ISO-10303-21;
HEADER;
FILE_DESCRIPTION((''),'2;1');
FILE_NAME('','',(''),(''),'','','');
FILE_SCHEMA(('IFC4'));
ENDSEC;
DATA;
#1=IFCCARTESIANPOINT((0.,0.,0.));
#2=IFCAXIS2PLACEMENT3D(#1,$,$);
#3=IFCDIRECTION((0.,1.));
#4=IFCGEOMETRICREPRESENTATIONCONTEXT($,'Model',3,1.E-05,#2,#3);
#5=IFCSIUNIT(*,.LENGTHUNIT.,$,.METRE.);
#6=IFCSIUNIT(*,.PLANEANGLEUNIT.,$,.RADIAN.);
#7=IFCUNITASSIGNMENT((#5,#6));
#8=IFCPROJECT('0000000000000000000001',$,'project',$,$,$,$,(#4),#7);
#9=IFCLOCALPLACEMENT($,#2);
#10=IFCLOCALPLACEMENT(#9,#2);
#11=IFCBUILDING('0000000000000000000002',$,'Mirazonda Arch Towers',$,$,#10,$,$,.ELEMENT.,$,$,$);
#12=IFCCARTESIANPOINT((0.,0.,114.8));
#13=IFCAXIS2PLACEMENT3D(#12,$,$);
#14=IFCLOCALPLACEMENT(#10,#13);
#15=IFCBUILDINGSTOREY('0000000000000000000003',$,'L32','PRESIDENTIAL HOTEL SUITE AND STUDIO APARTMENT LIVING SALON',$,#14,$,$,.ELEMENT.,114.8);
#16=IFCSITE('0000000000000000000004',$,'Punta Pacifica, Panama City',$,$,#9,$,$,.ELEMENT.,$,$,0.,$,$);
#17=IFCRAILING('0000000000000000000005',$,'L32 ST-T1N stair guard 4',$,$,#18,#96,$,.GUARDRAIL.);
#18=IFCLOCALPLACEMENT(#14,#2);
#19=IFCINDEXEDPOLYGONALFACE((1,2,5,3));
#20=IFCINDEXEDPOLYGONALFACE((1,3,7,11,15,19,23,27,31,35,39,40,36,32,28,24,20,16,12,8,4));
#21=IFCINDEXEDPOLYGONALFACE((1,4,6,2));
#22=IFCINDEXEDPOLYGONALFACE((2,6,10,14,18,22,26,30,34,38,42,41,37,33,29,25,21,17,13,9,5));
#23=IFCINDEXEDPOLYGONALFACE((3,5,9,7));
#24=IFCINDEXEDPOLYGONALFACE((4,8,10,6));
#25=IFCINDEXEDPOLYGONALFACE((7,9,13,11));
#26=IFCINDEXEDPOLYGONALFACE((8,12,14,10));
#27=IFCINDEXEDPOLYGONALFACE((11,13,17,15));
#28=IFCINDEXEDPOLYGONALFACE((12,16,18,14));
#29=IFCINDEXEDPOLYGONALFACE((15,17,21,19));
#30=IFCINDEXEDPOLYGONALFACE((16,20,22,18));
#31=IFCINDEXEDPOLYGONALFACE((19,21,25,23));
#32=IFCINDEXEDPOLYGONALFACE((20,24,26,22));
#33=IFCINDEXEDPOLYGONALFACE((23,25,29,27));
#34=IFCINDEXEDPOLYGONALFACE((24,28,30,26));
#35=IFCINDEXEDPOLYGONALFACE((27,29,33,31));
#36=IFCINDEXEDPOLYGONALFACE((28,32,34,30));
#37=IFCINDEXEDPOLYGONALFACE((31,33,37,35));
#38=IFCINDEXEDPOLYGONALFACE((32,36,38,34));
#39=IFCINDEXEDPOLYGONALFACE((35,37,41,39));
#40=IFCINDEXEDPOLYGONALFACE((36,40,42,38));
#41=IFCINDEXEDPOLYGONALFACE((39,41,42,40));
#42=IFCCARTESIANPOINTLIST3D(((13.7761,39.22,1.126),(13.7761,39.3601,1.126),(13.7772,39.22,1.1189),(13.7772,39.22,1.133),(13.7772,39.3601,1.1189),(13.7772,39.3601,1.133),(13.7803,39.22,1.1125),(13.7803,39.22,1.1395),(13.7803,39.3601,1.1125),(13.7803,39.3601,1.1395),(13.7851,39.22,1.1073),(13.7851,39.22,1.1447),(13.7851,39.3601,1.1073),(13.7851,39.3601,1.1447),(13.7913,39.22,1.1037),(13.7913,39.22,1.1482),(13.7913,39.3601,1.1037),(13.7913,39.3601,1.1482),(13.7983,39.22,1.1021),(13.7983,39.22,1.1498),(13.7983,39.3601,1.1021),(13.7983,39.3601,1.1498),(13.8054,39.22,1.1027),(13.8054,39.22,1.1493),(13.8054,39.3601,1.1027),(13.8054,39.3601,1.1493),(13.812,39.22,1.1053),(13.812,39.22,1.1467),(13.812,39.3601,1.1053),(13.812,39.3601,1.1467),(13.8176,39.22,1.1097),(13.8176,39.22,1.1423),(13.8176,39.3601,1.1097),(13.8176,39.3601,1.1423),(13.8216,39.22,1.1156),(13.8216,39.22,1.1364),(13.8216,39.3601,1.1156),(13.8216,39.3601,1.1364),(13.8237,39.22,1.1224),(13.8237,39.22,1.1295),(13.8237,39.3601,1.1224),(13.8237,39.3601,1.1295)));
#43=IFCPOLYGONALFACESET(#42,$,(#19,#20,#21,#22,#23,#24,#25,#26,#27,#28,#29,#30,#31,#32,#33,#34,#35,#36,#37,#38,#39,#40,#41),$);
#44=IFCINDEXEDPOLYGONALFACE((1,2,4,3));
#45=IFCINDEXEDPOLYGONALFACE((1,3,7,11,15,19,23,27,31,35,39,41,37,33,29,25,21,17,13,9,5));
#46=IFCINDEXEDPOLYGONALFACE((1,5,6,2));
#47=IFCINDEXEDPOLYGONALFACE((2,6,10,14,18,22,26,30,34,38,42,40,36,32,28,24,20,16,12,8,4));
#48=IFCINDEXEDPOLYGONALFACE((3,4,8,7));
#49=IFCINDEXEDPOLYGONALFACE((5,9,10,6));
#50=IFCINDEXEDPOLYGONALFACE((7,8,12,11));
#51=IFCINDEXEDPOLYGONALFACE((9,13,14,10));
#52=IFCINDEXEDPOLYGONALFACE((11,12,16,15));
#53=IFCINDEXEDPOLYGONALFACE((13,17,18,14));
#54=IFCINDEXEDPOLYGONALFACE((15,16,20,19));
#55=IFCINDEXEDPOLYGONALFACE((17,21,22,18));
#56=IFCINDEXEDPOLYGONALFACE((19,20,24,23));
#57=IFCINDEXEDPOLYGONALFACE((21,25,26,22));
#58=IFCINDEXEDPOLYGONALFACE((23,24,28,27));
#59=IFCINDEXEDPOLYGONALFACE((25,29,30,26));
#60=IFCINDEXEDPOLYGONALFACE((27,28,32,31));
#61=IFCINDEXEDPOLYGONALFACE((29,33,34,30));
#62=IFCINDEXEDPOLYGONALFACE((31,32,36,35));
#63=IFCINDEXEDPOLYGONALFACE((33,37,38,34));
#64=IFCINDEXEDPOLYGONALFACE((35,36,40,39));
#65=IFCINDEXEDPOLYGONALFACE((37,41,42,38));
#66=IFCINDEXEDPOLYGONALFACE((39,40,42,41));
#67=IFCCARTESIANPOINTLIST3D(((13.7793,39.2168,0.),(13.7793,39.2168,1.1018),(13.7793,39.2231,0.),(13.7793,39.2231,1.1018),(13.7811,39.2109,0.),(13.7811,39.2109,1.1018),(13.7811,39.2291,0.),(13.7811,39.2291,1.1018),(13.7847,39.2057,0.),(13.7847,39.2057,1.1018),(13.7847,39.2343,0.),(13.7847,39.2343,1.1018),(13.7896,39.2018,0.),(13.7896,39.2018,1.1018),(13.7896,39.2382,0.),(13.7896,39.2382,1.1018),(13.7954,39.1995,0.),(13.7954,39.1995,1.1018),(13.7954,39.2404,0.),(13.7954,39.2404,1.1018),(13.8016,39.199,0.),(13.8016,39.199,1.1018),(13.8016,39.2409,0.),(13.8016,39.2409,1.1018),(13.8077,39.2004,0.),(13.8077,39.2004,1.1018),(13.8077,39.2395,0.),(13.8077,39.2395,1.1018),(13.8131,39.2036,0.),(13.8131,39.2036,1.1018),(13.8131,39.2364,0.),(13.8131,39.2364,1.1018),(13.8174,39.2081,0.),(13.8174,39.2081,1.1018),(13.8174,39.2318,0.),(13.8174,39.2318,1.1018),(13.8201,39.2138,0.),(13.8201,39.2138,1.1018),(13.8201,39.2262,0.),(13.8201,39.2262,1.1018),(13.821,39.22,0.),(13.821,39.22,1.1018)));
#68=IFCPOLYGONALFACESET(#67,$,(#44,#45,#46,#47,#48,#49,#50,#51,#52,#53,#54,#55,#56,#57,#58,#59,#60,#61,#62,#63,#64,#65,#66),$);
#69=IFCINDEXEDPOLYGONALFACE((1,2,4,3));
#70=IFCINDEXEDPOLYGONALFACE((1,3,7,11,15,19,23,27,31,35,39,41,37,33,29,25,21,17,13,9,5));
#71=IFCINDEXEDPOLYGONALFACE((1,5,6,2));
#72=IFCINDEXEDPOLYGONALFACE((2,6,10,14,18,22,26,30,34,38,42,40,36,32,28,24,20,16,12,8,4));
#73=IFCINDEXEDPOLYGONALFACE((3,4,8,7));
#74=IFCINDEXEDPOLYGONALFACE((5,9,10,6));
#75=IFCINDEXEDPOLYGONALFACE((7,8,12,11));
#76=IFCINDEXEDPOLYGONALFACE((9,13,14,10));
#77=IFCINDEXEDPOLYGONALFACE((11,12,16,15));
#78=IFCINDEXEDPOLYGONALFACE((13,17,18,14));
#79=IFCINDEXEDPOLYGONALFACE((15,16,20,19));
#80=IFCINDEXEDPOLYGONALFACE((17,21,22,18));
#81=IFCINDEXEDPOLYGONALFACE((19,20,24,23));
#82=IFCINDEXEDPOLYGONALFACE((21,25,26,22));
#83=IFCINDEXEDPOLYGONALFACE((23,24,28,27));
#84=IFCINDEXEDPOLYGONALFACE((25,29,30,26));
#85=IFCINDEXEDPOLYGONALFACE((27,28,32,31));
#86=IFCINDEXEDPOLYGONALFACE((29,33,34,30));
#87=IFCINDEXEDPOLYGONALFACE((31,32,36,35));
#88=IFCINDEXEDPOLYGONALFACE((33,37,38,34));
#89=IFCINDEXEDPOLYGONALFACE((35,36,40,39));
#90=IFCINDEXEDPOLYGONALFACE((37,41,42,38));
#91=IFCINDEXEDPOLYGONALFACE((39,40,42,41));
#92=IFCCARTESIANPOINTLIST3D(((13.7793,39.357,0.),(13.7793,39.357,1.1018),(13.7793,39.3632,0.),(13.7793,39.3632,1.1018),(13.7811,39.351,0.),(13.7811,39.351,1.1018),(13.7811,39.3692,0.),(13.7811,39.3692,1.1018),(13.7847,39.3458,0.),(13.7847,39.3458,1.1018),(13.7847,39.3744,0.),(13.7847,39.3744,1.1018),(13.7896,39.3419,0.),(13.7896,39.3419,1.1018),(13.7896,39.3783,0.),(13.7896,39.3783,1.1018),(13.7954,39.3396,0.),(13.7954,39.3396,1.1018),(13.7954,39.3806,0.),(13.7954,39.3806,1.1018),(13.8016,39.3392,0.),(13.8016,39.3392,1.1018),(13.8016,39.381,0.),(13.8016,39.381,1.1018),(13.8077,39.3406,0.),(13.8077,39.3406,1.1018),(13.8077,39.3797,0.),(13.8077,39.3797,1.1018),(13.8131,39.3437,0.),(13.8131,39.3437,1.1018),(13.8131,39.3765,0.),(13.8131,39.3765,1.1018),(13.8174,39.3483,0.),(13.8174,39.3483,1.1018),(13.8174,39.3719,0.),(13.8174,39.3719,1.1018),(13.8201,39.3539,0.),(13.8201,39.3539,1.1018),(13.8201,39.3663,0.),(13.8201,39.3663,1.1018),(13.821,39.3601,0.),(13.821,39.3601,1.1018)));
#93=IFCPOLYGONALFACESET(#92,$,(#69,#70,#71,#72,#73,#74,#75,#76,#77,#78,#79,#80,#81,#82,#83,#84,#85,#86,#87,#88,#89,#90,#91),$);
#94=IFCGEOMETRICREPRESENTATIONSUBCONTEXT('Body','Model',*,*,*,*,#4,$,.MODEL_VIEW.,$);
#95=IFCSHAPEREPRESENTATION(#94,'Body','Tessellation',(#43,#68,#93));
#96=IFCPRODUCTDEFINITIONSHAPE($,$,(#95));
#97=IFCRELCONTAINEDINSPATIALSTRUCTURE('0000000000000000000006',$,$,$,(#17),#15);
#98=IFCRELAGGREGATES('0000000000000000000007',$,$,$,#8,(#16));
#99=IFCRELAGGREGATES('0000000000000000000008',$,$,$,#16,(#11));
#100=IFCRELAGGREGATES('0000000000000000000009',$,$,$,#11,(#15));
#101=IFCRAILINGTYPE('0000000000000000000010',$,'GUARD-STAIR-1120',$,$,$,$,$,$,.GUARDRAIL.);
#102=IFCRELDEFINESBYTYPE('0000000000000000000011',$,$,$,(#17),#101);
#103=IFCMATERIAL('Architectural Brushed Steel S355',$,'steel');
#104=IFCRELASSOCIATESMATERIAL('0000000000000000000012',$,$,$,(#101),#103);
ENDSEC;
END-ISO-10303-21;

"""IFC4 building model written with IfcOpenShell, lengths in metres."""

from ifc_helpers import new_model, si_unit, direction, frame, origin, origin_2d, place, context, subcontext, project, spatial, circle, extrude, material, type_object, element, save


model = new_model("IFC4")

# Units and contexts
model_context = context("Model", 3, precision=1e-05, world=origin(), true_north=direction((0.0, 1.0)))
body_context = subcontext(model_context, "Body", "Model", "MODEL_VIEW")
ifc_project = project(units=[si_unit("LENGTHUNIT", "METRE"), si_unit("PLANEANGLEUNIT", "RADIAN")], contexts=[model_context])

# Site, building, storey
site_placement = place(None, origin())
site = spatial("IfcSite", under=ifc_project, at=site_placement, Name="Punta Pacifica, Panama City", CompositionType="ELEMENT", RefElevation=0.0)
building_placement = place(site_placement, origin())
building = spatial("IfcBuilding", under=site, at=building_placement, Name="Mirazonda Arch Towers", CompositionType="ELEMENT")
storey_placement = place(building_placement, frame((0.0, 0.0, 114.8)))
storey = spatial("IfcBuildingStorey", under=building, at=storey_placement, Name="L32", Description="PRESIDENTIAL HOTEL SUITE AND STUDIO APARTMENT LIVING SALON", CompositionType="ELEMENT", Elevation=114.8)

# Shared definitions
ifc_material_1 = material(Name="Architectural Brushed Steel S355", Category="steel")

# Railing
railing_type_1 = type_object("IfcRailingType", Name="GUARD-STAIR-1120", PredefinedType="GUARDRAIL", material=ifc_material_1)
railing_1_placement = place(storey_placement, frame((13.8, 39.22, 0.0)))
element("IfcRailing", 1, at=railing_1_placement, inside=storey, type_object=railing_type_1, Name="L32 ST-T1N stair guard 4", PredefinedType="GUARDRAIL", context=body_context, shape_type="SweptSolid", body=[
    extrude(circle(Radius=0.0239, at=origin_2d()), frame((0.0, 0.0, 1.126), z_axis=(0.0, 1.0, 0.0), x_axis=(-1.0, 0.0, 0.0)), (0.0, 0.0, 1.0), 0.1401),
    extrude(circle(Radius=0.021, at=origin_2d()), origin(), (0.0, 0.0, 1.0), 1.1018),
    extrude(circle(Radius=0.021, at=origin_2d()), frame((0.0, 0.1401, 0.0)), (0.0, 0.0, 1.0), 1.1018),
])

save(model, "model.ifc")
